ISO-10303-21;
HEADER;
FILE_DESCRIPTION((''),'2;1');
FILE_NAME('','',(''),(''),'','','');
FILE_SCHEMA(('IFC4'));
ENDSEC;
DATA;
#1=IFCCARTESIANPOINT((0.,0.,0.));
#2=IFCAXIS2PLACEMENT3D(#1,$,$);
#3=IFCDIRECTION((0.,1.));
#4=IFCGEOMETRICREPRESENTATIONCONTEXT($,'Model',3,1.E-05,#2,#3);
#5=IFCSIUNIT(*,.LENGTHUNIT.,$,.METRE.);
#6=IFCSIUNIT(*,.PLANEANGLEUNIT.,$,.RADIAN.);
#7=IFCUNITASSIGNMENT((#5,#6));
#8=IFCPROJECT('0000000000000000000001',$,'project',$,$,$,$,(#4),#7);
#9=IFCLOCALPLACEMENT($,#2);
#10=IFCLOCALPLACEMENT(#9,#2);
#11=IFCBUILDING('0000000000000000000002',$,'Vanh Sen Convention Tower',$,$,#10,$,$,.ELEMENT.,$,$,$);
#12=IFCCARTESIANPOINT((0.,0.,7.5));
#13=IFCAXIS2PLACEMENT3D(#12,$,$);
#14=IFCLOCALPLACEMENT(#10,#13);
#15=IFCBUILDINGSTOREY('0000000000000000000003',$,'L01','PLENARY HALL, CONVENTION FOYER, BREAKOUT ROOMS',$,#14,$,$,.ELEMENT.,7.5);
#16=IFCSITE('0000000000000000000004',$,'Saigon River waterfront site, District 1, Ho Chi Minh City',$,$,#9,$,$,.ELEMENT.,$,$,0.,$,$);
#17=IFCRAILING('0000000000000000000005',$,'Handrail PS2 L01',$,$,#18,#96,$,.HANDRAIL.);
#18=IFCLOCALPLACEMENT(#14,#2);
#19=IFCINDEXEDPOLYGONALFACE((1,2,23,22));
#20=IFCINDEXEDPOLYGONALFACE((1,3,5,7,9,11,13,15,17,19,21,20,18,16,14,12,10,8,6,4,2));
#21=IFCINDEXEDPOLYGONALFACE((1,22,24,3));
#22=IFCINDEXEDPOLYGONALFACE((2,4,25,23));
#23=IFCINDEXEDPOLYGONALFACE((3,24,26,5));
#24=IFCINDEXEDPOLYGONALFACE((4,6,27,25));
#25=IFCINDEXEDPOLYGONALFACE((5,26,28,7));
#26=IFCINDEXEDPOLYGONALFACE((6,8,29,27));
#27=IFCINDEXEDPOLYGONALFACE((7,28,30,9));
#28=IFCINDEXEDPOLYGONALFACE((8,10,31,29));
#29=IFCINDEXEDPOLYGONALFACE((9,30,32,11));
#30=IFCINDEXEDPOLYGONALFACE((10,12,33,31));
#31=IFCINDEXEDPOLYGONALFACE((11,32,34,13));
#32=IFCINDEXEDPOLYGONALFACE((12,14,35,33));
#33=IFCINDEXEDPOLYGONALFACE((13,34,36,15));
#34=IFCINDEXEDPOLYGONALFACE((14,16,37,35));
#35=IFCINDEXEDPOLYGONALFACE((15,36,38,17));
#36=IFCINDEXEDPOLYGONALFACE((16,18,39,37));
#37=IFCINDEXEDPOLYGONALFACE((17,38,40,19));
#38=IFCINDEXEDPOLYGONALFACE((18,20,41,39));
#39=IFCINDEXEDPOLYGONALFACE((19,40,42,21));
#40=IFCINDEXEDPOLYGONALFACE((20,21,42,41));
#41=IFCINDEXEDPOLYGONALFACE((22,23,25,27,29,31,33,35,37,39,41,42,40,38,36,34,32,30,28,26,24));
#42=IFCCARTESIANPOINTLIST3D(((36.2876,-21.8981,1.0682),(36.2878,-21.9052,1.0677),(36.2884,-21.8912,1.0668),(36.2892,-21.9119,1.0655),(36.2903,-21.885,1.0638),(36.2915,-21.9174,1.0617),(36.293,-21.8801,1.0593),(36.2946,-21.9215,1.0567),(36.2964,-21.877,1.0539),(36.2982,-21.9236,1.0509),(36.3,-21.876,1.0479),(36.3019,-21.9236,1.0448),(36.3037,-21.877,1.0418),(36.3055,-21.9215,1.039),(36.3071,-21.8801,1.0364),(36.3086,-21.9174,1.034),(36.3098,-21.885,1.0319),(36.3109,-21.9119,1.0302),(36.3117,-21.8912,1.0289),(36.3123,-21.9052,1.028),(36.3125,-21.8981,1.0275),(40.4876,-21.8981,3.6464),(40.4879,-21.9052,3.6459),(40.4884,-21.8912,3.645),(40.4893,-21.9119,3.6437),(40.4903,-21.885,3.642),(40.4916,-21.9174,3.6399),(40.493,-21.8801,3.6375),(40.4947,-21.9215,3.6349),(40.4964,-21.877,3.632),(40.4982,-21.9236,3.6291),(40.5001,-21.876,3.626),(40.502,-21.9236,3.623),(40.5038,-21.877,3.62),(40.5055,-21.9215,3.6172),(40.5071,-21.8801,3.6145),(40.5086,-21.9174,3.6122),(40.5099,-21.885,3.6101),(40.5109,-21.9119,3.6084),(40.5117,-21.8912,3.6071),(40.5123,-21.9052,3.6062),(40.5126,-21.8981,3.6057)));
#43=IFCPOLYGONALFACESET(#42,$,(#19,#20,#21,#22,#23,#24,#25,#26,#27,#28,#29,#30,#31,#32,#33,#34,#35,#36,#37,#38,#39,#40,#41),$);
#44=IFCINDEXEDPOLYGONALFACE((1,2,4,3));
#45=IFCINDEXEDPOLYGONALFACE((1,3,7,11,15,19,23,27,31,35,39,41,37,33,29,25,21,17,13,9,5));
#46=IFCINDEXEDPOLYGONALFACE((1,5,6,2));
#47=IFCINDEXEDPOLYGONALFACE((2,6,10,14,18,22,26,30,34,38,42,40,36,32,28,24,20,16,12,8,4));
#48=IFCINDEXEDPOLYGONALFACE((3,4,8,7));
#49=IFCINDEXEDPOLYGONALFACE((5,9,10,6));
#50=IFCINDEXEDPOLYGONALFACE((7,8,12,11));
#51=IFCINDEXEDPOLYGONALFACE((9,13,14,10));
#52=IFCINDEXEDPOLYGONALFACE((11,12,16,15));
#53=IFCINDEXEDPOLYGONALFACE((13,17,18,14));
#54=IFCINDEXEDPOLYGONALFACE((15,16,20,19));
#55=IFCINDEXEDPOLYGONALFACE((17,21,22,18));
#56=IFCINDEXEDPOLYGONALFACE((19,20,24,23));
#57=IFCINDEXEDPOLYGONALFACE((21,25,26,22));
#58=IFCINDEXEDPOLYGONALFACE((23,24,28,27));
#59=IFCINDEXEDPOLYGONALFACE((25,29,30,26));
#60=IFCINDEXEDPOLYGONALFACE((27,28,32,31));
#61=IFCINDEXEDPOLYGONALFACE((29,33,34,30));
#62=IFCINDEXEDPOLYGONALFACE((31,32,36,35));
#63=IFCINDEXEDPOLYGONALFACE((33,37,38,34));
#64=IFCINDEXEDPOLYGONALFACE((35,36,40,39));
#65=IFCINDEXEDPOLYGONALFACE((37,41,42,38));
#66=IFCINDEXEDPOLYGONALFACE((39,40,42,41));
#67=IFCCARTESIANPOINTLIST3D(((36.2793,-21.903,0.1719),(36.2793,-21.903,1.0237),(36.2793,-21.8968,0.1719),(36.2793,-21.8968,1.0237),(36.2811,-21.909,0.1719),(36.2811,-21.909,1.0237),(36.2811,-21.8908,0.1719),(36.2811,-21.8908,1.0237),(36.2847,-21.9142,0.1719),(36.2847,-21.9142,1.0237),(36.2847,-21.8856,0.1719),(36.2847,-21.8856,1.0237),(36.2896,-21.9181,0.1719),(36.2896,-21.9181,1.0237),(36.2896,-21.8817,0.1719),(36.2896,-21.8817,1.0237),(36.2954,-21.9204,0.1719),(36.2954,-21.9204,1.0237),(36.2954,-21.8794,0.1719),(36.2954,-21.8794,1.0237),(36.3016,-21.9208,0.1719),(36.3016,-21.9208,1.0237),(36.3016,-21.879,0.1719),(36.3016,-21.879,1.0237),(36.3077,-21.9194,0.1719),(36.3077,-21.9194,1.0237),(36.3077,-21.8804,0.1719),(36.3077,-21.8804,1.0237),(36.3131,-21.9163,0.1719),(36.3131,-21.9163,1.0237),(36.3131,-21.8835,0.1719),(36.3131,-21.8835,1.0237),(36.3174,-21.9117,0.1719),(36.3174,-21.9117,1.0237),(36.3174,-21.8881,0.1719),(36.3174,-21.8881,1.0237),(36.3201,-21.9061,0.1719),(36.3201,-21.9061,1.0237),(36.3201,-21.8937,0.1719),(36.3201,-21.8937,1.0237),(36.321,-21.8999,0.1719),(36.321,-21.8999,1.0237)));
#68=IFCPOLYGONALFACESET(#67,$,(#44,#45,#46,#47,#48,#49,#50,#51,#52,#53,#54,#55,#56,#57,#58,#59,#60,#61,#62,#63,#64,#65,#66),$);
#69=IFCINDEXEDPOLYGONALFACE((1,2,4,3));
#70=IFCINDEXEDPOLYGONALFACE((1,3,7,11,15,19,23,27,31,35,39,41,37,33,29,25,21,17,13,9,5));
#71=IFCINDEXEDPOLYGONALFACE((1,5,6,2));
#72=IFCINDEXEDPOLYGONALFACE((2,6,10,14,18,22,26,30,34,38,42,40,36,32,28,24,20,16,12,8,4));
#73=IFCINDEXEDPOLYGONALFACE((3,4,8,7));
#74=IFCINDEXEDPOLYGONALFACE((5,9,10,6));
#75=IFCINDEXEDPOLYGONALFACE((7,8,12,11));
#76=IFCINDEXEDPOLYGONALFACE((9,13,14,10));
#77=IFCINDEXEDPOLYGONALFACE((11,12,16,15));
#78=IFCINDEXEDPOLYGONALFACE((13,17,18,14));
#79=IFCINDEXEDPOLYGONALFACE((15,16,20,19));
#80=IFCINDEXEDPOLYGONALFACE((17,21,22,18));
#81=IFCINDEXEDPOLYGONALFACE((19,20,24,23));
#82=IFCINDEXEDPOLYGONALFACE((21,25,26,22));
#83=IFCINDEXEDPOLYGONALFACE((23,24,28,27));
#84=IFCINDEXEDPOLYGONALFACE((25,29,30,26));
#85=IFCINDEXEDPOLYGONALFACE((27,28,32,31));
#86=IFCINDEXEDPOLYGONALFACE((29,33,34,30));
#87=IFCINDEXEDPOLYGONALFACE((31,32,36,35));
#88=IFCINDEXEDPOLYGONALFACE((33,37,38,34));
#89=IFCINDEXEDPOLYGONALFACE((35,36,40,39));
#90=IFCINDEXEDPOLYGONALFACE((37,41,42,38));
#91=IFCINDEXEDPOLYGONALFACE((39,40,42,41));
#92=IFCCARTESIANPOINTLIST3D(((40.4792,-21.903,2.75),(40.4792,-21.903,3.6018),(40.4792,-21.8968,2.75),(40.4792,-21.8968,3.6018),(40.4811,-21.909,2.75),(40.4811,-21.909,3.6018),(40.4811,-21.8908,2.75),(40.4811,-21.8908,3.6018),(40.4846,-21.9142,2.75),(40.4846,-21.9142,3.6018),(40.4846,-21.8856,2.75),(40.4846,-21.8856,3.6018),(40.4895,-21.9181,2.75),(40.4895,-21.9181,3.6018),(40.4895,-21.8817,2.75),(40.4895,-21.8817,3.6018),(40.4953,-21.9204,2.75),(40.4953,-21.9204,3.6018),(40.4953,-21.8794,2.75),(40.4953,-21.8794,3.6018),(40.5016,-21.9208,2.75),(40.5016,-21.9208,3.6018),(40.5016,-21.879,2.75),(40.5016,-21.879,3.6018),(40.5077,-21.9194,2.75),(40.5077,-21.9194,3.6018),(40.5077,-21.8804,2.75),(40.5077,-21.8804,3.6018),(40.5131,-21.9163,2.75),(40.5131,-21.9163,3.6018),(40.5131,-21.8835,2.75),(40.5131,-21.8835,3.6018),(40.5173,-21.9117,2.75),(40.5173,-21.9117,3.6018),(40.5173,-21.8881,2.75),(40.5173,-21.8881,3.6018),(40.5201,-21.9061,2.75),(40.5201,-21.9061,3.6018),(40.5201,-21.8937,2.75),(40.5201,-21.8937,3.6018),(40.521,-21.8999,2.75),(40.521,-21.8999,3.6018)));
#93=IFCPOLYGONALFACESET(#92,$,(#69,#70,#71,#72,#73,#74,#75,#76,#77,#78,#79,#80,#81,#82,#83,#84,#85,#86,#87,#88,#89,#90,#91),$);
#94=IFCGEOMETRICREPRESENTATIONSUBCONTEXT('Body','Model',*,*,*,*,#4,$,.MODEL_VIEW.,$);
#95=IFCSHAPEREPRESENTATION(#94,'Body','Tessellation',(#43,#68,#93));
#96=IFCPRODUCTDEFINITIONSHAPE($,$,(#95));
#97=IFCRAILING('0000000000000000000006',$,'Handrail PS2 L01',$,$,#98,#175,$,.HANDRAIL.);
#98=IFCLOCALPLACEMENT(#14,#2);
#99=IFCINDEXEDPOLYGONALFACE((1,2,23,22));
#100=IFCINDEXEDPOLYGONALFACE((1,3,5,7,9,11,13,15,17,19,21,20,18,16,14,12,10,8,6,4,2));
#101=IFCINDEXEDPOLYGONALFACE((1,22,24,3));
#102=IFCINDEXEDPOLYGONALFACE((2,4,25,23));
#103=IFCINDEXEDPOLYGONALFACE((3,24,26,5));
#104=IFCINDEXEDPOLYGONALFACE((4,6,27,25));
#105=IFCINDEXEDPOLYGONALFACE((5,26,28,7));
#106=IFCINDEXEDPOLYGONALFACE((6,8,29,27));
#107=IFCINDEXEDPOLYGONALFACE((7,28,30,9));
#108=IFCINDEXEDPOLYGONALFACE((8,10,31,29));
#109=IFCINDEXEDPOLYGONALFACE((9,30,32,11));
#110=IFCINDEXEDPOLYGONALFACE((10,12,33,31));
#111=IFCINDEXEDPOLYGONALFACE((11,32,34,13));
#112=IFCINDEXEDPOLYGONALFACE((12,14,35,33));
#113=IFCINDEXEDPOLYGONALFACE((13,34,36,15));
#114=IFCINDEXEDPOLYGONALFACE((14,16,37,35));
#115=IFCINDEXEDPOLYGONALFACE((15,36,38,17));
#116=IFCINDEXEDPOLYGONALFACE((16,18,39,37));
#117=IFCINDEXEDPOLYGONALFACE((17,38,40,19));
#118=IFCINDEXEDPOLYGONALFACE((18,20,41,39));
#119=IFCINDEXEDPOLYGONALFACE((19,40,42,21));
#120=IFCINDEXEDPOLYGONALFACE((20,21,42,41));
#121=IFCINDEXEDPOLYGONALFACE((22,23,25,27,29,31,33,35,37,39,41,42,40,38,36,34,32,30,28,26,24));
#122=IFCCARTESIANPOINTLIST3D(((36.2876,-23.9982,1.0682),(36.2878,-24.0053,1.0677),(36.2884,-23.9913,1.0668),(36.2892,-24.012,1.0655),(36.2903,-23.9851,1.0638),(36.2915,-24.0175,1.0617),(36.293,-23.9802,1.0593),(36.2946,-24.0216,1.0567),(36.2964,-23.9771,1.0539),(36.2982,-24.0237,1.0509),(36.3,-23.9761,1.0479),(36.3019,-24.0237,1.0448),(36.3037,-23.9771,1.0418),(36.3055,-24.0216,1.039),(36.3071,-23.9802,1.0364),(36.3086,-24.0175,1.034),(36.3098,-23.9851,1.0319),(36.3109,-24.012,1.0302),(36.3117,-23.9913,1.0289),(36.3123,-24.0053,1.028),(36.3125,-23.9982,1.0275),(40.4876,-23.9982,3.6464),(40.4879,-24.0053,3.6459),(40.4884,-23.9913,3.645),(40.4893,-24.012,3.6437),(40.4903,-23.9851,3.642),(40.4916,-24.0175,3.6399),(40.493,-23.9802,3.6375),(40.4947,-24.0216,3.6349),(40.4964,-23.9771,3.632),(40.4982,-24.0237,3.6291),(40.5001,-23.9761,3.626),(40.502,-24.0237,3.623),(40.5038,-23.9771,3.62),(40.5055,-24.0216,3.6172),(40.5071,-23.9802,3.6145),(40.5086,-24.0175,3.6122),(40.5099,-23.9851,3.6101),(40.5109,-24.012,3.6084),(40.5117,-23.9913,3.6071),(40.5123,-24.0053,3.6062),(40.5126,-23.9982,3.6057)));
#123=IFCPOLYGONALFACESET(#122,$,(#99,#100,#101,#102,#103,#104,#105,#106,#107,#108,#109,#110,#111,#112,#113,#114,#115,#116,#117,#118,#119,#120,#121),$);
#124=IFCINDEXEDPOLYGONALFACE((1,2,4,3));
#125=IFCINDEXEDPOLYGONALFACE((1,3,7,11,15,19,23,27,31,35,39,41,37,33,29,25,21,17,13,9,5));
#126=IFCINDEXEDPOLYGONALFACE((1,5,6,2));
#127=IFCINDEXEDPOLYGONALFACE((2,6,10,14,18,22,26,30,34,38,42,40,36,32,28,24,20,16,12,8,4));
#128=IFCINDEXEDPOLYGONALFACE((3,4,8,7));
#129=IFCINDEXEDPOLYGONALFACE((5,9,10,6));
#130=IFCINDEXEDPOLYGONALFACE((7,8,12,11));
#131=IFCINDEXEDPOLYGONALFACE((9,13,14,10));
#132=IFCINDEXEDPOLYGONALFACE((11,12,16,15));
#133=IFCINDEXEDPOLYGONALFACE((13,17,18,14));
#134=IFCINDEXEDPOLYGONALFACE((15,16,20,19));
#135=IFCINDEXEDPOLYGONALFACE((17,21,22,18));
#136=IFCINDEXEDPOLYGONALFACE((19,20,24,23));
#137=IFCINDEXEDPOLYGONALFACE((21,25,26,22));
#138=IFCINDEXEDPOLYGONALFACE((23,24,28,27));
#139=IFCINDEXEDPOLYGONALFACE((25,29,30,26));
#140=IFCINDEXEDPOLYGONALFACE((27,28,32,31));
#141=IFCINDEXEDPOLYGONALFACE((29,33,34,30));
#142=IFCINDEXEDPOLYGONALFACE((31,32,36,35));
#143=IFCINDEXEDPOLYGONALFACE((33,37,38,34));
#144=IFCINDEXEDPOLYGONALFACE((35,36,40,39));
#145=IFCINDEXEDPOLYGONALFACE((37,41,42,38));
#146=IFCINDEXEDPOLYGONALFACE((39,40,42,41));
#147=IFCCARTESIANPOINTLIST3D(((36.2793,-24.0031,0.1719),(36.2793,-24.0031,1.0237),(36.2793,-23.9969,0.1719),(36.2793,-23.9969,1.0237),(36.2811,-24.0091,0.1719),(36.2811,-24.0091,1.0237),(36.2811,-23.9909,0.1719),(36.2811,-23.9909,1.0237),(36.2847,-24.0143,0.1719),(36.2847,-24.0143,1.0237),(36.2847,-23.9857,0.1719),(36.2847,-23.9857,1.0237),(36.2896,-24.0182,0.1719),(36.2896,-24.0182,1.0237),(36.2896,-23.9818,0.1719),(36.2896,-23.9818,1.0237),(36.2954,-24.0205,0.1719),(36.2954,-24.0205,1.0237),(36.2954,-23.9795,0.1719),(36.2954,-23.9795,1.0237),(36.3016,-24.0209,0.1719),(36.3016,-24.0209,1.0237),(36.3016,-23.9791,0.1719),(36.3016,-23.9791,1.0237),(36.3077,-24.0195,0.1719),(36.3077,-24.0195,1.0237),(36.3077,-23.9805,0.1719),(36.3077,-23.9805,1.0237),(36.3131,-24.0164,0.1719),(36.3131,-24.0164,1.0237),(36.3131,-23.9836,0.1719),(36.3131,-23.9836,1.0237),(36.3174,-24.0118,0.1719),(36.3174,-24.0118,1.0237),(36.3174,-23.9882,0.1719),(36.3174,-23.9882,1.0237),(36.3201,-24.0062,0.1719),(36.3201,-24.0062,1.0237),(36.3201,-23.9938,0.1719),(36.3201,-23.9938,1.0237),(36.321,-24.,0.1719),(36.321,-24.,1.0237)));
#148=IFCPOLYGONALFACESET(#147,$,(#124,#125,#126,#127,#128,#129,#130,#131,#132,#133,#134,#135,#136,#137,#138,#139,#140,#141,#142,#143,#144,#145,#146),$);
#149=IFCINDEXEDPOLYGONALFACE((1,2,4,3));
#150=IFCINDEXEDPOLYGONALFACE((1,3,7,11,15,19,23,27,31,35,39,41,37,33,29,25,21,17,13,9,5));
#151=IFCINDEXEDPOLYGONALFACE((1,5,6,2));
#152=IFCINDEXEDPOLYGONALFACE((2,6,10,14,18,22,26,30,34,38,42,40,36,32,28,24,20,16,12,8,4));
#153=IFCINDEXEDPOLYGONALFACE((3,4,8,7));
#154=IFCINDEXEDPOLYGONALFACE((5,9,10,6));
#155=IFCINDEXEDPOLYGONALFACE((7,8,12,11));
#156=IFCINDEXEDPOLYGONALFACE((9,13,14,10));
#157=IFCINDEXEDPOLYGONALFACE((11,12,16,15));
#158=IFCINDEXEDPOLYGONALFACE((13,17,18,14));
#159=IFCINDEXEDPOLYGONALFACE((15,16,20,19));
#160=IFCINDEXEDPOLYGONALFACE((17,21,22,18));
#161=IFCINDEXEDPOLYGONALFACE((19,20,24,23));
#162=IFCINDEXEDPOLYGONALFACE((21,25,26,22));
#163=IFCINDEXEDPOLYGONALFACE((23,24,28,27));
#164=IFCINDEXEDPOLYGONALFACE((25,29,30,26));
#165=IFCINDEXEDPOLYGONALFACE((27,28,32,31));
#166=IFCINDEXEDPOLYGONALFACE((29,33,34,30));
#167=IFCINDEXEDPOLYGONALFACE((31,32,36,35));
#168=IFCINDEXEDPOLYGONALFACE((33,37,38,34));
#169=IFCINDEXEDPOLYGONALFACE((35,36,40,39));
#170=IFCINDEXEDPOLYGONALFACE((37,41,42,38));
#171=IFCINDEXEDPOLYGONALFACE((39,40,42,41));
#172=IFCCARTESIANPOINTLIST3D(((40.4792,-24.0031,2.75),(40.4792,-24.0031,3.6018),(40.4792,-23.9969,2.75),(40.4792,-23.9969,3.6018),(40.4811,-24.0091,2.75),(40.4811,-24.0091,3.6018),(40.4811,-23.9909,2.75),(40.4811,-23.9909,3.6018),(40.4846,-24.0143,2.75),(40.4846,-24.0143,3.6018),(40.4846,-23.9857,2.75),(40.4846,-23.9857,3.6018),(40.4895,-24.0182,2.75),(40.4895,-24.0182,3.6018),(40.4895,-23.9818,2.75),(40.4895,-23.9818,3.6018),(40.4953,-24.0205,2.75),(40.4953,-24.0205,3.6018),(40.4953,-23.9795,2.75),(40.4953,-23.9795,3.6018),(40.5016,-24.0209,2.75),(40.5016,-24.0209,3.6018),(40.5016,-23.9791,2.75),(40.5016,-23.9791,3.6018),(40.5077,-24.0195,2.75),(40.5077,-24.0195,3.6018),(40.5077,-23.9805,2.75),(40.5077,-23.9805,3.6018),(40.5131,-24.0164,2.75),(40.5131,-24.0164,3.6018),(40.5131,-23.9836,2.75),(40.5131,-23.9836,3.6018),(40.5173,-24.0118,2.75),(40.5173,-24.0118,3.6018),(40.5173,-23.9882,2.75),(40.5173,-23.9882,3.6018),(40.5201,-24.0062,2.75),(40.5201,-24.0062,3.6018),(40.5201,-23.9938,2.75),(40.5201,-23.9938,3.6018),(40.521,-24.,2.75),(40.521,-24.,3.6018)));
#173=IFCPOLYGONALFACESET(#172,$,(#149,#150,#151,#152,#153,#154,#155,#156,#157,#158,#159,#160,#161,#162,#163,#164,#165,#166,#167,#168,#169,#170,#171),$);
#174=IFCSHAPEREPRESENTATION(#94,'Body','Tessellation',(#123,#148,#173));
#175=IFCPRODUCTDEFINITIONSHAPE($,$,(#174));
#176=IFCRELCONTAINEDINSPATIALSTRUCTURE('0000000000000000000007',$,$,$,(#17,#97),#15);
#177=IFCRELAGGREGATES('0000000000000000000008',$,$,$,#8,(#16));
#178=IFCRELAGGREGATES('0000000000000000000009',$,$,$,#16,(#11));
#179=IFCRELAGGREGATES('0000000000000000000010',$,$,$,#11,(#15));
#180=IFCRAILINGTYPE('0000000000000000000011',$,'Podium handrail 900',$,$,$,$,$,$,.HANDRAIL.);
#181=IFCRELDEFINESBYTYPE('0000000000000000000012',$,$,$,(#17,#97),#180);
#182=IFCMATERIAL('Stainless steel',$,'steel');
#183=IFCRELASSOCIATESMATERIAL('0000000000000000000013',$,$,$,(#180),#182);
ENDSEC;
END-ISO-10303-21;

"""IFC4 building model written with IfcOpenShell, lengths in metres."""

from ifc_helpers import new_model, si_unit, direction, frame, origin, origin_2d, place, context, subcontext, project, spatial, circle, extrude, material, type_object, element, save


model = new_model("IFC4")

# Units and contexts
model_context = context("Model", 3, precision=1e-05, world=origin(), true_north=direction((0.0, 1.0)))
body_context = subcontext(model_context, "Body", "Model", "MODEL_VIEW")
ifc_project = project(units=[si_unit("LENGTHUNIT", "METRE"), si_unit("PLANEANGLEUNIT", "RADIAN")], contexts=[model_context])

# Site, building, storey
site_placement = place(None, origin())
site = spatial("IfcSite", under=ifc_project, at=site_placement, Name="Saigon River waterfront site, District 1, Ho Chi Minh City", CompositionType="ELEMENT", RefElevation=0.0)
building_placement = place(site_placement, origin())
building = spatial("IfcBuilding", under=site, at=building_placement, Name="Vanh Sen Convention Tower", CompositionType="ELEMENT")
storey_placement = place(building_placement, frame((0.0, 0.0, 7.5)))
storey = spatial("IfcBuildingStorey", under=building, at=storey_placement, Name="L01", Description="PLENARY HALL, CONVENTION FOYER, BREAKOUT ROOMS", CompositionType="ELEMENT", Elevation=7.5)

# Railings
ifc_material_1 = material(Name="Stainless steel", Category="steel")
railing_type = type_object("IfcRailingType", Name="Podium handrail 900", PredefinedType="HANDRAIL", material=ifc_material_1)
for number, where, name in (
    (1, (36.3, -21.8999, 0.1719), "Handrail PS2 L01"),
    (2, (36.3, -24.0, 0.1719), "Handrail PS2 L01"),
):
    element("IfcRailing", number, at=place(storey_placement, frame(where)), inside=storey, type_object=railing_type, Name=name, PredefinedType="HANDRAIL", context=body_context, shape_type="SweptSolid", body=[
        extrude(circle(Radius=0.0239, at=origin_2d()), frame((0.0, 0.0, 0.876), z_axis=(0.852243, 0.0, 0.523146), x_axis=(0.0, 1.0, 0.0)), (0.0, 0.0, 1.0), 4.9282),
        extrude(circle(Radius=0.021, at=origin_2d()), origin(), (0.0, 0.0, 1.0), 0.8518),
        extrude(circle(Radius=0.021, at=origin_2d()), frame((4.2, 0.0, 2.5781)), (0.0, 0.0, 1.0), 0.8518),
    ])

save(model, "model.ifc")
